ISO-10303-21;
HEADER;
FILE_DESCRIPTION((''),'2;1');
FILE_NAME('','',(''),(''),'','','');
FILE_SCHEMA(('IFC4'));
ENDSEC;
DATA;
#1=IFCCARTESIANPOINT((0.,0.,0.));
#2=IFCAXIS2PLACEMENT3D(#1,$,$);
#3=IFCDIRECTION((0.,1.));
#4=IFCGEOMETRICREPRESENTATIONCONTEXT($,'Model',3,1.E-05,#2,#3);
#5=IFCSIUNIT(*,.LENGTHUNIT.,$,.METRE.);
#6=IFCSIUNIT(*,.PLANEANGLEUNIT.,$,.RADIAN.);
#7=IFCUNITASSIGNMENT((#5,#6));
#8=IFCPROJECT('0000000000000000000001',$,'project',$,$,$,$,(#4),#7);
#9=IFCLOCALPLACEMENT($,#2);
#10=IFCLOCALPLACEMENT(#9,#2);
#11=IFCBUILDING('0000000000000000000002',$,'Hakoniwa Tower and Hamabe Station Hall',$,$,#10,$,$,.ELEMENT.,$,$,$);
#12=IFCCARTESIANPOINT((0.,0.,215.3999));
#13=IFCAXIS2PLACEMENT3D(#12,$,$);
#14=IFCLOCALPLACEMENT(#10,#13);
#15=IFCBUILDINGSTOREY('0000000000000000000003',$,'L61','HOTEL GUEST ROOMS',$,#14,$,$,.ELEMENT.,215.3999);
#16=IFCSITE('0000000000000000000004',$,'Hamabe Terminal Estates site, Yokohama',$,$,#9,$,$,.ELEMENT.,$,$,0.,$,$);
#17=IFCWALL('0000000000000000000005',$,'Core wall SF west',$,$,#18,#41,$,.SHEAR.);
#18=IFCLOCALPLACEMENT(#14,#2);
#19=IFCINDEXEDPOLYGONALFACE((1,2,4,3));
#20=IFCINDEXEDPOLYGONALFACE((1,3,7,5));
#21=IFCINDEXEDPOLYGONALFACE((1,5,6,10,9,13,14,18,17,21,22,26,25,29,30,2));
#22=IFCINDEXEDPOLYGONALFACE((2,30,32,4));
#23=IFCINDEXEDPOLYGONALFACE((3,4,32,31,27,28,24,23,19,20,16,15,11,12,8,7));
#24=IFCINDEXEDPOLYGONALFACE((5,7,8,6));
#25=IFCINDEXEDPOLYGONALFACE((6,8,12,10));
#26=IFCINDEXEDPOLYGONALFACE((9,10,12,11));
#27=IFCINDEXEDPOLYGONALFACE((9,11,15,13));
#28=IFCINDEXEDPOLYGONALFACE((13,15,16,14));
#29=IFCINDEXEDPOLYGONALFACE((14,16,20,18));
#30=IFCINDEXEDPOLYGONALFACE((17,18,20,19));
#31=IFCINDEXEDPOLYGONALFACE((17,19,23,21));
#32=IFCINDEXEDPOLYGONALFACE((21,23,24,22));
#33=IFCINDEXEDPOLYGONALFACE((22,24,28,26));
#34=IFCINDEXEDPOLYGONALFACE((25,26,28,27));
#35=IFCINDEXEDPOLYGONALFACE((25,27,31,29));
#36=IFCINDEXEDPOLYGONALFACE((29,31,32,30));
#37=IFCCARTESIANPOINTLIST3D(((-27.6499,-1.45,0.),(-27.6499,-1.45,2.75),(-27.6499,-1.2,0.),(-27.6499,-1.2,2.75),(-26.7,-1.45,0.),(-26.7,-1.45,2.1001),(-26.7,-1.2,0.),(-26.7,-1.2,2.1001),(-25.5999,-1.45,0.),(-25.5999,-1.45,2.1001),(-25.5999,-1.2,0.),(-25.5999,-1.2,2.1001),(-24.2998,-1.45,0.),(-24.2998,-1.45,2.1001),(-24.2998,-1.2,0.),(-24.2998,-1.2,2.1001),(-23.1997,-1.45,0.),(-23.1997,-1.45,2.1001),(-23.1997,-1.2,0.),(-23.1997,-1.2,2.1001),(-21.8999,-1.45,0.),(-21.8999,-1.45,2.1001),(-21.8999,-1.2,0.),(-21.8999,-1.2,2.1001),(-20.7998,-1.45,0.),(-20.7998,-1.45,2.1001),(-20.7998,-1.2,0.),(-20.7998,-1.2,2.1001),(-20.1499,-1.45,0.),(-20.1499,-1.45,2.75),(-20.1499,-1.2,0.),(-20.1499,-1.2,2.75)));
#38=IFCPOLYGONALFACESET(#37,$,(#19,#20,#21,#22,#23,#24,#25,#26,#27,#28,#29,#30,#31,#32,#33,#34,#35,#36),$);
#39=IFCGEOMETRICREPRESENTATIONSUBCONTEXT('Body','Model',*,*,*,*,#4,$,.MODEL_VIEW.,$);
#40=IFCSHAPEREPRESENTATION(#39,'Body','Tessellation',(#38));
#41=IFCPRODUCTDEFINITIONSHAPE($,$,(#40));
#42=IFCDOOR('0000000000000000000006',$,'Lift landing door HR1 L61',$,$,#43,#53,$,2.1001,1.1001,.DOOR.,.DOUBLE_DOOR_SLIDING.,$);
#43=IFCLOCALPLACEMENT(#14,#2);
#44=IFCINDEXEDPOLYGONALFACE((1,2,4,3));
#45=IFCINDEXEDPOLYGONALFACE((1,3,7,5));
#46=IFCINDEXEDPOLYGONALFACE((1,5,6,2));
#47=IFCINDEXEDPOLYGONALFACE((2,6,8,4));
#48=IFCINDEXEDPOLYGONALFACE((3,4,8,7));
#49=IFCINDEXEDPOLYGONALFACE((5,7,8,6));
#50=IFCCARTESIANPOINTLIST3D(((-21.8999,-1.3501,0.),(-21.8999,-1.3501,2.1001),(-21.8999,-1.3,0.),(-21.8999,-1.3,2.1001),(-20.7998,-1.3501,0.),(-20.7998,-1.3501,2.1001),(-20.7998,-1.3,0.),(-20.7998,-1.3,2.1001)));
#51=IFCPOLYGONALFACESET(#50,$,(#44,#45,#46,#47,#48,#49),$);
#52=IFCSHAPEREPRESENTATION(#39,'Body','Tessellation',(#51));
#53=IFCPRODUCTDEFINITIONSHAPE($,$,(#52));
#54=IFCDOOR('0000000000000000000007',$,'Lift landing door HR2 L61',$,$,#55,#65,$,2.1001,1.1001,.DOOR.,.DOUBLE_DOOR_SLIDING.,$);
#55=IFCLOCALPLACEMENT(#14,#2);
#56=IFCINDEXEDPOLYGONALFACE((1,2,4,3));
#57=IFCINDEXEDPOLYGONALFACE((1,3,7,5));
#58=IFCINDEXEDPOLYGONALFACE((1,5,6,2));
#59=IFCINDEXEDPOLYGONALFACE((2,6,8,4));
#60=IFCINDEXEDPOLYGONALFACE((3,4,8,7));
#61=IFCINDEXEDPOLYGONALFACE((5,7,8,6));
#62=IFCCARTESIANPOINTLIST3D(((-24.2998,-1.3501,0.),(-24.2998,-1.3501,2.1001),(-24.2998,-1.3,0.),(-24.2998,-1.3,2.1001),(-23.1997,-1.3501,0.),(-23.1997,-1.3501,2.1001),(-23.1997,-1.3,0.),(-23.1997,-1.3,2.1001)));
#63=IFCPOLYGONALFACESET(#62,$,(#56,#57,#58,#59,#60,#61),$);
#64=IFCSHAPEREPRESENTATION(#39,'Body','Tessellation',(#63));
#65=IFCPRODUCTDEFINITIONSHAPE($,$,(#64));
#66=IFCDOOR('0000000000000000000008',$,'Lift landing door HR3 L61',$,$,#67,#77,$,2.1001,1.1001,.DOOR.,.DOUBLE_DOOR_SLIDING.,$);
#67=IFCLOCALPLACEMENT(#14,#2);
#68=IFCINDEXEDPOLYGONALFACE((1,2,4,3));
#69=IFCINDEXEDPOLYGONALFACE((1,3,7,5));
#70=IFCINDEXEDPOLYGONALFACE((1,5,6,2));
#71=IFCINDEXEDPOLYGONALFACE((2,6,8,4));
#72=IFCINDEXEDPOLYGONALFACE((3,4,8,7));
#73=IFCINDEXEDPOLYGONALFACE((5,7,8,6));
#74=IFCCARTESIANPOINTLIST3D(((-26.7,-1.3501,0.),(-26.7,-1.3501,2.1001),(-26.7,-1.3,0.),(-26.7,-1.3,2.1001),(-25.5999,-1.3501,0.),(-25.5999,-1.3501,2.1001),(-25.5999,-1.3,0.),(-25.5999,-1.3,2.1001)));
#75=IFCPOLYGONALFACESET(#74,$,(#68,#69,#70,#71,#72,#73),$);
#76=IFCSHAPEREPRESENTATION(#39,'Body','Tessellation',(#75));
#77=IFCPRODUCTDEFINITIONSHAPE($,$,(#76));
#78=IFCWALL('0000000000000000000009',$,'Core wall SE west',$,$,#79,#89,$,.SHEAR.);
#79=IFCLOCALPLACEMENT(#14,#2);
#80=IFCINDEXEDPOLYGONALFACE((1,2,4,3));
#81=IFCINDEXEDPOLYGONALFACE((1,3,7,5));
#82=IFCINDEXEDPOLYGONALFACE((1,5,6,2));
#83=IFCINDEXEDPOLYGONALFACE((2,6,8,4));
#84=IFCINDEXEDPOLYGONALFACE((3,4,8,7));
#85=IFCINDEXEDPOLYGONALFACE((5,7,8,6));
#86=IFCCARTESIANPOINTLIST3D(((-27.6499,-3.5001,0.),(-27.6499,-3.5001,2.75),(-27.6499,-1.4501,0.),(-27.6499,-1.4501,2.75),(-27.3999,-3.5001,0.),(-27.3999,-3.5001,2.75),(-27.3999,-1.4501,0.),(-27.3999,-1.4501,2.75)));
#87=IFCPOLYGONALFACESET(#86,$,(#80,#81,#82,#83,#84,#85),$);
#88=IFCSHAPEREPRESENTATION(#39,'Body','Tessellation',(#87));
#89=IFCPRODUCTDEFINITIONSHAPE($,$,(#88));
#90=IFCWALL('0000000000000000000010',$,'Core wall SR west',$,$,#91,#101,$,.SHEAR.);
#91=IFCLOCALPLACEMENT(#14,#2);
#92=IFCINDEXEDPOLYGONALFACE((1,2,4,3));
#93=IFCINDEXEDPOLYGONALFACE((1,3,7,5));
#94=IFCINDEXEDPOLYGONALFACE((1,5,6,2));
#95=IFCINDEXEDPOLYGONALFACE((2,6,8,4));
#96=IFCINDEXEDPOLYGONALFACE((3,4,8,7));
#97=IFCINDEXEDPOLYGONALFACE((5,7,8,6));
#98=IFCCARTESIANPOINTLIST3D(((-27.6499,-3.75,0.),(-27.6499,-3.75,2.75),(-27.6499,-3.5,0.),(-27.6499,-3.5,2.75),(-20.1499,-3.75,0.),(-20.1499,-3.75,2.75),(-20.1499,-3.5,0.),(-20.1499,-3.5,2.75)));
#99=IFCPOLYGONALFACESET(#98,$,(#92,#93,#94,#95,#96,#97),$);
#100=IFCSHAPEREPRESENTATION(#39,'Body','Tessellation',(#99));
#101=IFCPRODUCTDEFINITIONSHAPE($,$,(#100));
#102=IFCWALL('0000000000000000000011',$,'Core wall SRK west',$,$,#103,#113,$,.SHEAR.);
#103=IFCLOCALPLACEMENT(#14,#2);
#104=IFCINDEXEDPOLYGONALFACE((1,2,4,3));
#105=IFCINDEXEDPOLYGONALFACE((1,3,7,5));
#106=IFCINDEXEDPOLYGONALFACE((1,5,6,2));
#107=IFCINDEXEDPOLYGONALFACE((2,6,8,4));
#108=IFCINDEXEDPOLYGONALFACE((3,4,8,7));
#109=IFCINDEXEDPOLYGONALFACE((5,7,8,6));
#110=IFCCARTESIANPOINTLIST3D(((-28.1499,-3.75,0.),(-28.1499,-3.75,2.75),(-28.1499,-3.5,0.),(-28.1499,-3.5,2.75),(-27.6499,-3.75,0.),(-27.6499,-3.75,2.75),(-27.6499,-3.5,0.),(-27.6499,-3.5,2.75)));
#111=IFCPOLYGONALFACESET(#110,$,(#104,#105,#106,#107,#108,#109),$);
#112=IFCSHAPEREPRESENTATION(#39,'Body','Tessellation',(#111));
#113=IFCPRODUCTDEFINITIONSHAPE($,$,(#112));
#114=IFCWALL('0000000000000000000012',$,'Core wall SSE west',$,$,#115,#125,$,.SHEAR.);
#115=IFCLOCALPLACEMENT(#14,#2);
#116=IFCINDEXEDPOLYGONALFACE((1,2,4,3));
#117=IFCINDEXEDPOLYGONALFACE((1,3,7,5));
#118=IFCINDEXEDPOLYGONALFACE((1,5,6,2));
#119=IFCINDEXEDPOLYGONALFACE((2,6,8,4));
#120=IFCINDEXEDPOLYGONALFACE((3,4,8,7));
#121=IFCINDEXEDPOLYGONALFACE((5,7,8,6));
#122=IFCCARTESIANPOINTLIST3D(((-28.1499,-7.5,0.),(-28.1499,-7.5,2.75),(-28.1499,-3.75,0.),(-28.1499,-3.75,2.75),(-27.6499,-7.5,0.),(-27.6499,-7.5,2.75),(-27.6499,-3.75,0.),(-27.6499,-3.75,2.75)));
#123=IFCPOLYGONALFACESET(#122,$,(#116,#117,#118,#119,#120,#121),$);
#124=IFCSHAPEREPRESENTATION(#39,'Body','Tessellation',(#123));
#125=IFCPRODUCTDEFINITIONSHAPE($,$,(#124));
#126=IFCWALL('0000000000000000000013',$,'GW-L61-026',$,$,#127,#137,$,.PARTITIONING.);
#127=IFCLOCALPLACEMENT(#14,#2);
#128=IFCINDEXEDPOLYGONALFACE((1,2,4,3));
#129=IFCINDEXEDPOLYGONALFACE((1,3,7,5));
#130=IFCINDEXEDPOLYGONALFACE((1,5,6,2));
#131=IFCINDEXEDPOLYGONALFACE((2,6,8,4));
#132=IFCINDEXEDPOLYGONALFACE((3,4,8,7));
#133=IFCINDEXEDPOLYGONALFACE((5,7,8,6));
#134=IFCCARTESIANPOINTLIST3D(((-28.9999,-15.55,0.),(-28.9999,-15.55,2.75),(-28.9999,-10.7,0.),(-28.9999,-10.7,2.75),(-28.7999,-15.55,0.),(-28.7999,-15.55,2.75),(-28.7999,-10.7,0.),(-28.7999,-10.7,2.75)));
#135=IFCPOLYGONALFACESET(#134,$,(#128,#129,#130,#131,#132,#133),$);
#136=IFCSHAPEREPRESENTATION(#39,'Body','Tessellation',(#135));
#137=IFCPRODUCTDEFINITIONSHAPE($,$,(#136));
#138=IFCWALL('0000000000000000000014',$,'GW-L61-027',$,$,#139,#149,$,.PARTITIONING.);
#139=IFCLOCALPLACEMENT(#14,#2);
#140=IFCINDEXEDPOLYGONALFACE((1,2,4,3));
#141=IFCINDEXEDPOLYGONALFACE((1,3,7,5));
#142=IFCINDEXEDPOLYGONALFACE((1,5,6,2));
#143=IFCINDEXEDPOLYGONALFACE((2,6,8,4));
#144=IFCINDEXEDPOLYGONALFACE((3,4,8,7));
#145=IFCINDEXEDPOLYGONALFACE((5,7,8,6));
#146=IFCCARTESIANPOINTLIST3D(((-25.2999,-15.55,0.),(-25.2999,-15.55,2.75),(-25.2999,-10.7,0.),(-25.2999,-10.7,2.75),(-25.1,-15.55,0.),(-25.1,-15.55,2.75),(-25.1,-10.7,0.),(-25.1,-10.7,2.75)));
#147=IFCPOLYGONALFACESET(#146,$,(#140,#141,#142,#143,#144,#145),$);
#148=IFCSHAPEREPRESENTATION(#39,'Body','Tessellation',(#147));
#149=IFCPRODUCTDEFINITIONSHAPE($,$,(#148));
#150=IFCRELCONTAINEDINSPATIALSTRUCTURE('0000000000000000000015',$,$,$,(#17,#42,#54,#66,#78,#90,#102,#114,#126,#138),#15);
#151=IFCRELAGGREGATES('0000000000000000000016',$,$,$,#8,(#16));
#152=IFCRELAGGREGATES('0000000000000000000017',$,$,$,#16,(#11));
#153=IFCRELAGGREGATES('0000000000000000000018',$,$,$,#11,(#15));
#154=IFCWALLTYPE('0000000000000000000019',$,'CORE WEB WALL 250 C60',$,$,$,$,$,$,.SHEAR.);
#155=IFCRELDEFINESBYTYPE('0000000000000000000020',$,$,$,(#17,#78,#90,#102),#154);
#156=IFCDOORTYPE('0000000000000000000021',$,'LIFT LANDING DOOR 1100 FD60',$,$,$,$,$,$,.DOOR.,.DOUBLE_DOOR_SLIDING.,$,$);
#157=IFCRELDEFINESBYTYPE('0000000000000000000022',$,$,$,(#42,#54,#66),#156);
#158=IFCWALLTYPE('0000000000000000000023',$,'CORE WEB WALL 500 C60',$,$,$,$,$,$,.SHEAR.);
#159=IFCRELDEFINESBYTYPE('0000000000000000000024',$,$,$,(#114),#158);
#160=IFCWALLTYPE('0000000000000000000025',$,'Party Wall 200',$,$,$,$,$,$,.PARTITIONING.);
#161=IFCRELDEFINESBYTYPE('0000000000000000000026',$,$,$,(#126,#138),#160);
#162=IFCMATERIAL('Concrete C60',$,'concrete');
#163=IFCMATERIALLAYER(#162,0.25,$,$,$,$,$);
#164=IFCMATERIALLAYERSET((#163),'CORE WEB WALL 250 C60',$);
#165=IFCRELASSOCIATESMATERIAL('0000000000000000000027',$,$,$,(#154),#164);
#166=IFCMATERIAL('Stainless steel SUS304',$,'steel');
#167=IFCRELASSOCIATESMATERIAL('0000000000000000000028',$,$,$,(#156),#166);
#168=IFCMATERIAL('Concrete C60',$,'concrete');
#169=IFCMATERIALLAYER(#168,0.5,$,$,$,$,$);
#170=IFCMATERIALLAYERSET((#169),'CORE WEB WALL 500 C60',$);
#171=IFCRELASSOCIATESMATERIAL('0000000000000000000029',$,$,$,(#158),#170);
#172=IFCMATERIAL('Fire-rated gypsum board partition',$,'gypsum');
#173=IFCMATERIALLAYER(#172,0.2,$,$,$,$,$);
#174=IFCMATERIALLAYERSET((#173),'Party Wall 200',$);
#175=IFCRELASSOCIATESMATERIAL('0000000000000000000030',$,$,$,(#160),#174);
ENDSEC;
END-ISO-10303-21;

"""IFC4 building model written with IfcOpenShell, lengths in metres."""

from ifc_helpers import new_model, si_unit, direction, frame, frame_2d, origin, place, context, subcontext, project, spatial, rectangle, extrude, material, layer, layer_set, type_object, element, fill, save


model = new_model("IFC4")

# Units and contexts
model_context = context("Model", 3, precision=1e-05, world=origin(), true_north=direction((0.0, 1.0)))
body_context = subcontext(model_context, "Body", "Model", "MODEL_VIEW")
ifc_project = project(units=[si_unit("LENGTHUNIT", "METRE"), si_unit("PLANEANGLEUNIT", "RADIAN")], contexts=[model_context])

# Site, building, storey
site_placement = place(None, origin())
site = spatial("IfcSite", under=ifc_project, at=site_placement, Name="Hamabe Terminal Estates site, Yokohama", CompositionType="ELEMENT", RefElevation=0.0)
building_placement = place(site_placement, origin())
building = spatial("IfcBuilding", under=site, at=building_placement, Name="Hakoniwa Tower and Hamabe Station Hall", CompositionType="ELEMENT")
storey_placement = place(building_placement, frame((0.0, 0.0, 215.3999)))
storey = spatial("IfcBuildingStorey", under=building, at=storey_placement, Name="L61", Description="HOTEL GUEST ROOMS", CompositionType="ELEMENT", Elevation=215.3999)

# Wall, openings, doors
ifc_material_1 = material(Name="Concrete C60", Category="concrete")
ifc_layer_1 = layer(ifc_material_1, 0.25)
ifc_layer_set_1 = layer_set([ifc_layer_1], Name="CORE WEB WALL 250 C60")
wall_type_1 = type_object("IfcWallType", Name="CORE WEB WALL 250 C60", PredefinedType="SHEAR", material=ifc_layer_set_1)
wall_1_placement = place(storey_placement, frame((-27.6499, -1.325, 0.0), z_axis=(0.0, 0.0, 1.0), x_axis=(1.0, 0.0, 0.0)))
wall_1 = element("IfcWall", 1, at=wall_1_placement, inside=storey, type_object=wall_type_1, Name="Core wall SF west", PredefinedType="SHEAR", context=body_context, shape_type="SweptSolid", body=[
    extrude(rectangle(XDim=7.5, YDim=0.25, at=frame_2d((3.75, 0.0))), origin(), (0.0, 0.0, 1.0), 2.75),
])
opening_1_placement = place(wall_1_placement, frame((5.75, 0.0, 0.0)))
opening_1 = element("IfcOpeningElement", 2, at=opening_1_placement, cuts=wall_1, PredefinedType="OPENING", context=body_context, shape_type="SweptSolid", body=[
    extrude(rectangle(XDim=1.1001, YDim=2.1001, at=frame_2d((0.55, 1.05))), frame((0.0, 0.135, 0.0), z_axis=(0.0, -1.0, 0.0), x_axis=(1.0, 0.0, 0.0)), (0.0, 0.0, 1.0), 0.27),
])
opening_2_placement = place(wall_1_placement, frame((3.3501, 0.0, 0.0)))
opening_2 = element("IfcOpeningElement", 3, at=opening_2_placement, cuts=wall_1, PredefinedType="OPENING", context=body_context, shape_type="SweptSolid", body=[
    extrude(rectangle(XDim=1.1001, YDim=2.1001, at=frame_2d((0.55, 1.05))), frame((0.0, 0.135, 0.0), z_axis=(0.0, -1.0, 0.0), x_axis=(1.0, 0.0, 0.0)), (0.0, 0.0, 1.0), 0.27),
])
opening_3_placement = place(wall_1_placement, frame((0.95, 0.0, 0.0)))
opening_3 = element("IfcOpeningElement", 4, at=opening_3_placement, cuts=wall_1, PredefinedType="OPENING", context=body_context, shape_type="SweptSolid", body=[
    extrude(rectangle(XDim=1.1001, YDim=2.1001, at=frame_2d((0.55, 1.05))), frame((0.0, 0.135, 0.0), z_axis=(0.0, -1.0, 0.0), x_axis=(1.0, 0.0, 0.0)), (0.0, 0.0, 1.0), 0.27),
])
ifc_material_2 = material(Name="Stainless steel SUS304", Category="steel")
door_type_1 = type_object("IfcDoorType", Name="LIFT LANDING DOOR 1100 FD60", OperationType="DOUBLE_DOOR_SLIDING", PredefinedType="DOOR", material=ifc_material_2)
door_1_placement = place(opening_1_placement, origin())
door_1 = element("IfcDoor", 5, at=door_1_placement, inside=storey, type_object=door_type_1, Name="Lift landing door HR1 L61", OperationType="DOUBLE_DOOR_SLIDING", OverallHeight=2.1001, OverallWidth=1.1001, PredefinedType="DOOR", context=body_context, shape_type="SweptSolid", body=[
    extrude(rectangle(XDim=1.1001, YDim=2.1001, at=frame_2d((0.55, 1.05))), frame((0.0, 0.0249, 0.0), z_axis=(0.0, -1.0, 0.0), x_axis=(1.0, 0.0, 0.0)), (0.0, 0.0, 1.0), 0.05),
])
fill(opening_1, door_1)
door_2_placement = place(opening_2_placement, origin())
door_2 = element("IfcDoor", 6, at=door_2_placement, inside=storey, type_object=door_type_1, Name="Lift landing door HR2 L61", OperationType="DOUBLE_DOOR_SLIDING", OverallHeight=2.1001, OverallWidth=1.1001, PredefinedType="DOOR", context=body_context, shape_type="SweptSolid", body=[
    extrude(rectangle(XDim=1.1001, YDim=2.1001, at=frame_2d((0.55, 1.05))), frame((0.0, 0.0249, 0.0), z_axis=(0.0, -1.0, 0.0), x_axis=(1.0, 0.0, 0.0)), (0.0, 0.0, 1.0), 0.05),
])
fill(opening_2, door_2)
door_3_placement = place(opening_3_placement, origin())
door_3 = element("IfcDoor", 7, at=door_3_placement, inside=storey, type_object=door_type_1, Name="Lift landing door HR3 L61", OperationType="DOUBLE_DOOR_SLIDING", OverallHeight=2.1001, OverallWidth=1.1001, PredefinedType="DOOR", context=body_context, shape_type="SweptSolid", body=[
    extrude(rectangle(XDim=1.1001, YDim=2.1001, at=frame_2d((0.55, 1.05))), frame((0.0, 0.0249, 0.0), z_axis=(0.0, -1.0, 0.0), x_axis=(1.0, 0.0, 0.0)), (0.0, 0.0, 1.0), 0.05),
])
fill(opening_3, door_3)

# Walls
wall_2_placement = place(storey_placement, frame((-27.5249, -3.5, 0.0), z_axis=(0.0, 0.0, 1.0), x_axis=(0.0, 1.0, 0.0)))
element("IfcWall", 8, at=wall_2_placement, inside=storey, type_object=wall_type_1, Name="Core wall SE west", PredefinedType="SHEAR", context=body_context, shape_type="SweptSolid", body=[
    extrude(rectangle(XDim=2.05, YDim=0.25, at=frame_2d((1.0249, 0.0))), origin(), (0.0, 0.0, 1.0), 2.75),
])
wall_3_placement = place(storey_placement, frame((-27.6499, -3.625, 0.0), z_axis=(0.0, 0.0, 1.0), x_axis=(1.0, 0.0, 0.0)))
element("IfcWall", 9, at=wall_3_placement, inside=storey, type_object=wall_type_1, Name="Core wall SR west", PredefinedType="SHEAR", context=body_context, shape_type="SweptSolid", body=[
    extrude(rectangle(XDim=7.5, YDim=0.25, at=frame_2d((3.75, 0.0))), origin(), (0.0, 0.0, 1.0), 2.75),
])
wall_4_placement = place(storey_placement, frame((-28.1499, -3.625, 0.0), z_axis=(0.0, 0.0, 1.0), x_axis=(1.0, 0.0, 0.0)))
element("IfcWall", 10, at=wall_4_placement, inside=storey, type_object=wall_type_1, Name="Core wall SRK west", PredefinedType="SHEAR", context=body_context, shape_type="SweptSolid", body=[
    extrude(rectangle(XDim=0.5, YDim=0.25, at=frame_2d((0.25, 0.0))), origin(), (0.0, 0.0, 1.0), 2.75),
])
ifc_material_3 = material(Name="Concrete C60", Category="concrete")
ifc_layer_2 = layer(ifc_material_3, 0.5)
ifc_layer_set_2 = layer_set([ifc_layer_2], Name="CORE WEB WALL 500 C60")
wall_type_2 = type_object("IfcWallType", Name="CORE WEB WALL 500 C60", PredefinedType="SHEAR", material=ifc_layer_set_2)
wall_5_placement = place(storey_placement, frame((-27.8999, -7.5, 0.0), z_axis=(0.0, 0.0, 1.0), x_axis=(0.0, 1.0, 0.0)))
element("IfcWall", 11, at=wall_5_placement, inside=storey, type_object=wall_type_2, Name="Core wall SSE west", PredefinedType="SHEAR", context=body_context, shape_type="SweptSolid", body=[
    extrude(rectangle(XDim=3.75, YDim=0.5, at=frame_2d((1.875, 0.0))), origin(), (0.0, 0.0, 1.0), 2.75),
])
ifc_material_4 = material(Name="Fire-rated gypsum board partition", Category="gypsum")
ifc_layer_3 = layer(ifc_material_4, 0.2)
ifc_layer_set_3 = layer_set([ifc_layer_3], Name="Party Wall 200")
wall_type_3 = type_object("IfcWallType", Name="Party Wall 200", PredefinedType="PARTITIONING", material=ifc_layer_set_3)
for number, where, z_axis, x_axis, name in (
    (12, (-28.8999, -15.55, 0.0), (0.0, 0.0, 1.0), (0.0, 1.0, 0.0), "GW-L61-026"),
    (13, (-25.2, -15.55, 0.0), (0.0, 0.0, 1.0), (0.0, 1.0, 0.0), "GW-L61-027"),
):
    element("IfcWall", number, at=place(storey_placement, frame(where, z_axis=z_axis, x_axis=x_axis)), inside=storey, type_object=wall_type_3, Name=name, PredefinedType="PARTITIONING", context=body_context, shape_type="SweptSolid", body=[
        extrude(rectangle(XDim=4.8501, YDim=0.2, at=frame_2d((2.425, 0.0))), origin(), (0.0, 0.0, 1.0), 2.75),
    ])

save(model, "model.ifc")
